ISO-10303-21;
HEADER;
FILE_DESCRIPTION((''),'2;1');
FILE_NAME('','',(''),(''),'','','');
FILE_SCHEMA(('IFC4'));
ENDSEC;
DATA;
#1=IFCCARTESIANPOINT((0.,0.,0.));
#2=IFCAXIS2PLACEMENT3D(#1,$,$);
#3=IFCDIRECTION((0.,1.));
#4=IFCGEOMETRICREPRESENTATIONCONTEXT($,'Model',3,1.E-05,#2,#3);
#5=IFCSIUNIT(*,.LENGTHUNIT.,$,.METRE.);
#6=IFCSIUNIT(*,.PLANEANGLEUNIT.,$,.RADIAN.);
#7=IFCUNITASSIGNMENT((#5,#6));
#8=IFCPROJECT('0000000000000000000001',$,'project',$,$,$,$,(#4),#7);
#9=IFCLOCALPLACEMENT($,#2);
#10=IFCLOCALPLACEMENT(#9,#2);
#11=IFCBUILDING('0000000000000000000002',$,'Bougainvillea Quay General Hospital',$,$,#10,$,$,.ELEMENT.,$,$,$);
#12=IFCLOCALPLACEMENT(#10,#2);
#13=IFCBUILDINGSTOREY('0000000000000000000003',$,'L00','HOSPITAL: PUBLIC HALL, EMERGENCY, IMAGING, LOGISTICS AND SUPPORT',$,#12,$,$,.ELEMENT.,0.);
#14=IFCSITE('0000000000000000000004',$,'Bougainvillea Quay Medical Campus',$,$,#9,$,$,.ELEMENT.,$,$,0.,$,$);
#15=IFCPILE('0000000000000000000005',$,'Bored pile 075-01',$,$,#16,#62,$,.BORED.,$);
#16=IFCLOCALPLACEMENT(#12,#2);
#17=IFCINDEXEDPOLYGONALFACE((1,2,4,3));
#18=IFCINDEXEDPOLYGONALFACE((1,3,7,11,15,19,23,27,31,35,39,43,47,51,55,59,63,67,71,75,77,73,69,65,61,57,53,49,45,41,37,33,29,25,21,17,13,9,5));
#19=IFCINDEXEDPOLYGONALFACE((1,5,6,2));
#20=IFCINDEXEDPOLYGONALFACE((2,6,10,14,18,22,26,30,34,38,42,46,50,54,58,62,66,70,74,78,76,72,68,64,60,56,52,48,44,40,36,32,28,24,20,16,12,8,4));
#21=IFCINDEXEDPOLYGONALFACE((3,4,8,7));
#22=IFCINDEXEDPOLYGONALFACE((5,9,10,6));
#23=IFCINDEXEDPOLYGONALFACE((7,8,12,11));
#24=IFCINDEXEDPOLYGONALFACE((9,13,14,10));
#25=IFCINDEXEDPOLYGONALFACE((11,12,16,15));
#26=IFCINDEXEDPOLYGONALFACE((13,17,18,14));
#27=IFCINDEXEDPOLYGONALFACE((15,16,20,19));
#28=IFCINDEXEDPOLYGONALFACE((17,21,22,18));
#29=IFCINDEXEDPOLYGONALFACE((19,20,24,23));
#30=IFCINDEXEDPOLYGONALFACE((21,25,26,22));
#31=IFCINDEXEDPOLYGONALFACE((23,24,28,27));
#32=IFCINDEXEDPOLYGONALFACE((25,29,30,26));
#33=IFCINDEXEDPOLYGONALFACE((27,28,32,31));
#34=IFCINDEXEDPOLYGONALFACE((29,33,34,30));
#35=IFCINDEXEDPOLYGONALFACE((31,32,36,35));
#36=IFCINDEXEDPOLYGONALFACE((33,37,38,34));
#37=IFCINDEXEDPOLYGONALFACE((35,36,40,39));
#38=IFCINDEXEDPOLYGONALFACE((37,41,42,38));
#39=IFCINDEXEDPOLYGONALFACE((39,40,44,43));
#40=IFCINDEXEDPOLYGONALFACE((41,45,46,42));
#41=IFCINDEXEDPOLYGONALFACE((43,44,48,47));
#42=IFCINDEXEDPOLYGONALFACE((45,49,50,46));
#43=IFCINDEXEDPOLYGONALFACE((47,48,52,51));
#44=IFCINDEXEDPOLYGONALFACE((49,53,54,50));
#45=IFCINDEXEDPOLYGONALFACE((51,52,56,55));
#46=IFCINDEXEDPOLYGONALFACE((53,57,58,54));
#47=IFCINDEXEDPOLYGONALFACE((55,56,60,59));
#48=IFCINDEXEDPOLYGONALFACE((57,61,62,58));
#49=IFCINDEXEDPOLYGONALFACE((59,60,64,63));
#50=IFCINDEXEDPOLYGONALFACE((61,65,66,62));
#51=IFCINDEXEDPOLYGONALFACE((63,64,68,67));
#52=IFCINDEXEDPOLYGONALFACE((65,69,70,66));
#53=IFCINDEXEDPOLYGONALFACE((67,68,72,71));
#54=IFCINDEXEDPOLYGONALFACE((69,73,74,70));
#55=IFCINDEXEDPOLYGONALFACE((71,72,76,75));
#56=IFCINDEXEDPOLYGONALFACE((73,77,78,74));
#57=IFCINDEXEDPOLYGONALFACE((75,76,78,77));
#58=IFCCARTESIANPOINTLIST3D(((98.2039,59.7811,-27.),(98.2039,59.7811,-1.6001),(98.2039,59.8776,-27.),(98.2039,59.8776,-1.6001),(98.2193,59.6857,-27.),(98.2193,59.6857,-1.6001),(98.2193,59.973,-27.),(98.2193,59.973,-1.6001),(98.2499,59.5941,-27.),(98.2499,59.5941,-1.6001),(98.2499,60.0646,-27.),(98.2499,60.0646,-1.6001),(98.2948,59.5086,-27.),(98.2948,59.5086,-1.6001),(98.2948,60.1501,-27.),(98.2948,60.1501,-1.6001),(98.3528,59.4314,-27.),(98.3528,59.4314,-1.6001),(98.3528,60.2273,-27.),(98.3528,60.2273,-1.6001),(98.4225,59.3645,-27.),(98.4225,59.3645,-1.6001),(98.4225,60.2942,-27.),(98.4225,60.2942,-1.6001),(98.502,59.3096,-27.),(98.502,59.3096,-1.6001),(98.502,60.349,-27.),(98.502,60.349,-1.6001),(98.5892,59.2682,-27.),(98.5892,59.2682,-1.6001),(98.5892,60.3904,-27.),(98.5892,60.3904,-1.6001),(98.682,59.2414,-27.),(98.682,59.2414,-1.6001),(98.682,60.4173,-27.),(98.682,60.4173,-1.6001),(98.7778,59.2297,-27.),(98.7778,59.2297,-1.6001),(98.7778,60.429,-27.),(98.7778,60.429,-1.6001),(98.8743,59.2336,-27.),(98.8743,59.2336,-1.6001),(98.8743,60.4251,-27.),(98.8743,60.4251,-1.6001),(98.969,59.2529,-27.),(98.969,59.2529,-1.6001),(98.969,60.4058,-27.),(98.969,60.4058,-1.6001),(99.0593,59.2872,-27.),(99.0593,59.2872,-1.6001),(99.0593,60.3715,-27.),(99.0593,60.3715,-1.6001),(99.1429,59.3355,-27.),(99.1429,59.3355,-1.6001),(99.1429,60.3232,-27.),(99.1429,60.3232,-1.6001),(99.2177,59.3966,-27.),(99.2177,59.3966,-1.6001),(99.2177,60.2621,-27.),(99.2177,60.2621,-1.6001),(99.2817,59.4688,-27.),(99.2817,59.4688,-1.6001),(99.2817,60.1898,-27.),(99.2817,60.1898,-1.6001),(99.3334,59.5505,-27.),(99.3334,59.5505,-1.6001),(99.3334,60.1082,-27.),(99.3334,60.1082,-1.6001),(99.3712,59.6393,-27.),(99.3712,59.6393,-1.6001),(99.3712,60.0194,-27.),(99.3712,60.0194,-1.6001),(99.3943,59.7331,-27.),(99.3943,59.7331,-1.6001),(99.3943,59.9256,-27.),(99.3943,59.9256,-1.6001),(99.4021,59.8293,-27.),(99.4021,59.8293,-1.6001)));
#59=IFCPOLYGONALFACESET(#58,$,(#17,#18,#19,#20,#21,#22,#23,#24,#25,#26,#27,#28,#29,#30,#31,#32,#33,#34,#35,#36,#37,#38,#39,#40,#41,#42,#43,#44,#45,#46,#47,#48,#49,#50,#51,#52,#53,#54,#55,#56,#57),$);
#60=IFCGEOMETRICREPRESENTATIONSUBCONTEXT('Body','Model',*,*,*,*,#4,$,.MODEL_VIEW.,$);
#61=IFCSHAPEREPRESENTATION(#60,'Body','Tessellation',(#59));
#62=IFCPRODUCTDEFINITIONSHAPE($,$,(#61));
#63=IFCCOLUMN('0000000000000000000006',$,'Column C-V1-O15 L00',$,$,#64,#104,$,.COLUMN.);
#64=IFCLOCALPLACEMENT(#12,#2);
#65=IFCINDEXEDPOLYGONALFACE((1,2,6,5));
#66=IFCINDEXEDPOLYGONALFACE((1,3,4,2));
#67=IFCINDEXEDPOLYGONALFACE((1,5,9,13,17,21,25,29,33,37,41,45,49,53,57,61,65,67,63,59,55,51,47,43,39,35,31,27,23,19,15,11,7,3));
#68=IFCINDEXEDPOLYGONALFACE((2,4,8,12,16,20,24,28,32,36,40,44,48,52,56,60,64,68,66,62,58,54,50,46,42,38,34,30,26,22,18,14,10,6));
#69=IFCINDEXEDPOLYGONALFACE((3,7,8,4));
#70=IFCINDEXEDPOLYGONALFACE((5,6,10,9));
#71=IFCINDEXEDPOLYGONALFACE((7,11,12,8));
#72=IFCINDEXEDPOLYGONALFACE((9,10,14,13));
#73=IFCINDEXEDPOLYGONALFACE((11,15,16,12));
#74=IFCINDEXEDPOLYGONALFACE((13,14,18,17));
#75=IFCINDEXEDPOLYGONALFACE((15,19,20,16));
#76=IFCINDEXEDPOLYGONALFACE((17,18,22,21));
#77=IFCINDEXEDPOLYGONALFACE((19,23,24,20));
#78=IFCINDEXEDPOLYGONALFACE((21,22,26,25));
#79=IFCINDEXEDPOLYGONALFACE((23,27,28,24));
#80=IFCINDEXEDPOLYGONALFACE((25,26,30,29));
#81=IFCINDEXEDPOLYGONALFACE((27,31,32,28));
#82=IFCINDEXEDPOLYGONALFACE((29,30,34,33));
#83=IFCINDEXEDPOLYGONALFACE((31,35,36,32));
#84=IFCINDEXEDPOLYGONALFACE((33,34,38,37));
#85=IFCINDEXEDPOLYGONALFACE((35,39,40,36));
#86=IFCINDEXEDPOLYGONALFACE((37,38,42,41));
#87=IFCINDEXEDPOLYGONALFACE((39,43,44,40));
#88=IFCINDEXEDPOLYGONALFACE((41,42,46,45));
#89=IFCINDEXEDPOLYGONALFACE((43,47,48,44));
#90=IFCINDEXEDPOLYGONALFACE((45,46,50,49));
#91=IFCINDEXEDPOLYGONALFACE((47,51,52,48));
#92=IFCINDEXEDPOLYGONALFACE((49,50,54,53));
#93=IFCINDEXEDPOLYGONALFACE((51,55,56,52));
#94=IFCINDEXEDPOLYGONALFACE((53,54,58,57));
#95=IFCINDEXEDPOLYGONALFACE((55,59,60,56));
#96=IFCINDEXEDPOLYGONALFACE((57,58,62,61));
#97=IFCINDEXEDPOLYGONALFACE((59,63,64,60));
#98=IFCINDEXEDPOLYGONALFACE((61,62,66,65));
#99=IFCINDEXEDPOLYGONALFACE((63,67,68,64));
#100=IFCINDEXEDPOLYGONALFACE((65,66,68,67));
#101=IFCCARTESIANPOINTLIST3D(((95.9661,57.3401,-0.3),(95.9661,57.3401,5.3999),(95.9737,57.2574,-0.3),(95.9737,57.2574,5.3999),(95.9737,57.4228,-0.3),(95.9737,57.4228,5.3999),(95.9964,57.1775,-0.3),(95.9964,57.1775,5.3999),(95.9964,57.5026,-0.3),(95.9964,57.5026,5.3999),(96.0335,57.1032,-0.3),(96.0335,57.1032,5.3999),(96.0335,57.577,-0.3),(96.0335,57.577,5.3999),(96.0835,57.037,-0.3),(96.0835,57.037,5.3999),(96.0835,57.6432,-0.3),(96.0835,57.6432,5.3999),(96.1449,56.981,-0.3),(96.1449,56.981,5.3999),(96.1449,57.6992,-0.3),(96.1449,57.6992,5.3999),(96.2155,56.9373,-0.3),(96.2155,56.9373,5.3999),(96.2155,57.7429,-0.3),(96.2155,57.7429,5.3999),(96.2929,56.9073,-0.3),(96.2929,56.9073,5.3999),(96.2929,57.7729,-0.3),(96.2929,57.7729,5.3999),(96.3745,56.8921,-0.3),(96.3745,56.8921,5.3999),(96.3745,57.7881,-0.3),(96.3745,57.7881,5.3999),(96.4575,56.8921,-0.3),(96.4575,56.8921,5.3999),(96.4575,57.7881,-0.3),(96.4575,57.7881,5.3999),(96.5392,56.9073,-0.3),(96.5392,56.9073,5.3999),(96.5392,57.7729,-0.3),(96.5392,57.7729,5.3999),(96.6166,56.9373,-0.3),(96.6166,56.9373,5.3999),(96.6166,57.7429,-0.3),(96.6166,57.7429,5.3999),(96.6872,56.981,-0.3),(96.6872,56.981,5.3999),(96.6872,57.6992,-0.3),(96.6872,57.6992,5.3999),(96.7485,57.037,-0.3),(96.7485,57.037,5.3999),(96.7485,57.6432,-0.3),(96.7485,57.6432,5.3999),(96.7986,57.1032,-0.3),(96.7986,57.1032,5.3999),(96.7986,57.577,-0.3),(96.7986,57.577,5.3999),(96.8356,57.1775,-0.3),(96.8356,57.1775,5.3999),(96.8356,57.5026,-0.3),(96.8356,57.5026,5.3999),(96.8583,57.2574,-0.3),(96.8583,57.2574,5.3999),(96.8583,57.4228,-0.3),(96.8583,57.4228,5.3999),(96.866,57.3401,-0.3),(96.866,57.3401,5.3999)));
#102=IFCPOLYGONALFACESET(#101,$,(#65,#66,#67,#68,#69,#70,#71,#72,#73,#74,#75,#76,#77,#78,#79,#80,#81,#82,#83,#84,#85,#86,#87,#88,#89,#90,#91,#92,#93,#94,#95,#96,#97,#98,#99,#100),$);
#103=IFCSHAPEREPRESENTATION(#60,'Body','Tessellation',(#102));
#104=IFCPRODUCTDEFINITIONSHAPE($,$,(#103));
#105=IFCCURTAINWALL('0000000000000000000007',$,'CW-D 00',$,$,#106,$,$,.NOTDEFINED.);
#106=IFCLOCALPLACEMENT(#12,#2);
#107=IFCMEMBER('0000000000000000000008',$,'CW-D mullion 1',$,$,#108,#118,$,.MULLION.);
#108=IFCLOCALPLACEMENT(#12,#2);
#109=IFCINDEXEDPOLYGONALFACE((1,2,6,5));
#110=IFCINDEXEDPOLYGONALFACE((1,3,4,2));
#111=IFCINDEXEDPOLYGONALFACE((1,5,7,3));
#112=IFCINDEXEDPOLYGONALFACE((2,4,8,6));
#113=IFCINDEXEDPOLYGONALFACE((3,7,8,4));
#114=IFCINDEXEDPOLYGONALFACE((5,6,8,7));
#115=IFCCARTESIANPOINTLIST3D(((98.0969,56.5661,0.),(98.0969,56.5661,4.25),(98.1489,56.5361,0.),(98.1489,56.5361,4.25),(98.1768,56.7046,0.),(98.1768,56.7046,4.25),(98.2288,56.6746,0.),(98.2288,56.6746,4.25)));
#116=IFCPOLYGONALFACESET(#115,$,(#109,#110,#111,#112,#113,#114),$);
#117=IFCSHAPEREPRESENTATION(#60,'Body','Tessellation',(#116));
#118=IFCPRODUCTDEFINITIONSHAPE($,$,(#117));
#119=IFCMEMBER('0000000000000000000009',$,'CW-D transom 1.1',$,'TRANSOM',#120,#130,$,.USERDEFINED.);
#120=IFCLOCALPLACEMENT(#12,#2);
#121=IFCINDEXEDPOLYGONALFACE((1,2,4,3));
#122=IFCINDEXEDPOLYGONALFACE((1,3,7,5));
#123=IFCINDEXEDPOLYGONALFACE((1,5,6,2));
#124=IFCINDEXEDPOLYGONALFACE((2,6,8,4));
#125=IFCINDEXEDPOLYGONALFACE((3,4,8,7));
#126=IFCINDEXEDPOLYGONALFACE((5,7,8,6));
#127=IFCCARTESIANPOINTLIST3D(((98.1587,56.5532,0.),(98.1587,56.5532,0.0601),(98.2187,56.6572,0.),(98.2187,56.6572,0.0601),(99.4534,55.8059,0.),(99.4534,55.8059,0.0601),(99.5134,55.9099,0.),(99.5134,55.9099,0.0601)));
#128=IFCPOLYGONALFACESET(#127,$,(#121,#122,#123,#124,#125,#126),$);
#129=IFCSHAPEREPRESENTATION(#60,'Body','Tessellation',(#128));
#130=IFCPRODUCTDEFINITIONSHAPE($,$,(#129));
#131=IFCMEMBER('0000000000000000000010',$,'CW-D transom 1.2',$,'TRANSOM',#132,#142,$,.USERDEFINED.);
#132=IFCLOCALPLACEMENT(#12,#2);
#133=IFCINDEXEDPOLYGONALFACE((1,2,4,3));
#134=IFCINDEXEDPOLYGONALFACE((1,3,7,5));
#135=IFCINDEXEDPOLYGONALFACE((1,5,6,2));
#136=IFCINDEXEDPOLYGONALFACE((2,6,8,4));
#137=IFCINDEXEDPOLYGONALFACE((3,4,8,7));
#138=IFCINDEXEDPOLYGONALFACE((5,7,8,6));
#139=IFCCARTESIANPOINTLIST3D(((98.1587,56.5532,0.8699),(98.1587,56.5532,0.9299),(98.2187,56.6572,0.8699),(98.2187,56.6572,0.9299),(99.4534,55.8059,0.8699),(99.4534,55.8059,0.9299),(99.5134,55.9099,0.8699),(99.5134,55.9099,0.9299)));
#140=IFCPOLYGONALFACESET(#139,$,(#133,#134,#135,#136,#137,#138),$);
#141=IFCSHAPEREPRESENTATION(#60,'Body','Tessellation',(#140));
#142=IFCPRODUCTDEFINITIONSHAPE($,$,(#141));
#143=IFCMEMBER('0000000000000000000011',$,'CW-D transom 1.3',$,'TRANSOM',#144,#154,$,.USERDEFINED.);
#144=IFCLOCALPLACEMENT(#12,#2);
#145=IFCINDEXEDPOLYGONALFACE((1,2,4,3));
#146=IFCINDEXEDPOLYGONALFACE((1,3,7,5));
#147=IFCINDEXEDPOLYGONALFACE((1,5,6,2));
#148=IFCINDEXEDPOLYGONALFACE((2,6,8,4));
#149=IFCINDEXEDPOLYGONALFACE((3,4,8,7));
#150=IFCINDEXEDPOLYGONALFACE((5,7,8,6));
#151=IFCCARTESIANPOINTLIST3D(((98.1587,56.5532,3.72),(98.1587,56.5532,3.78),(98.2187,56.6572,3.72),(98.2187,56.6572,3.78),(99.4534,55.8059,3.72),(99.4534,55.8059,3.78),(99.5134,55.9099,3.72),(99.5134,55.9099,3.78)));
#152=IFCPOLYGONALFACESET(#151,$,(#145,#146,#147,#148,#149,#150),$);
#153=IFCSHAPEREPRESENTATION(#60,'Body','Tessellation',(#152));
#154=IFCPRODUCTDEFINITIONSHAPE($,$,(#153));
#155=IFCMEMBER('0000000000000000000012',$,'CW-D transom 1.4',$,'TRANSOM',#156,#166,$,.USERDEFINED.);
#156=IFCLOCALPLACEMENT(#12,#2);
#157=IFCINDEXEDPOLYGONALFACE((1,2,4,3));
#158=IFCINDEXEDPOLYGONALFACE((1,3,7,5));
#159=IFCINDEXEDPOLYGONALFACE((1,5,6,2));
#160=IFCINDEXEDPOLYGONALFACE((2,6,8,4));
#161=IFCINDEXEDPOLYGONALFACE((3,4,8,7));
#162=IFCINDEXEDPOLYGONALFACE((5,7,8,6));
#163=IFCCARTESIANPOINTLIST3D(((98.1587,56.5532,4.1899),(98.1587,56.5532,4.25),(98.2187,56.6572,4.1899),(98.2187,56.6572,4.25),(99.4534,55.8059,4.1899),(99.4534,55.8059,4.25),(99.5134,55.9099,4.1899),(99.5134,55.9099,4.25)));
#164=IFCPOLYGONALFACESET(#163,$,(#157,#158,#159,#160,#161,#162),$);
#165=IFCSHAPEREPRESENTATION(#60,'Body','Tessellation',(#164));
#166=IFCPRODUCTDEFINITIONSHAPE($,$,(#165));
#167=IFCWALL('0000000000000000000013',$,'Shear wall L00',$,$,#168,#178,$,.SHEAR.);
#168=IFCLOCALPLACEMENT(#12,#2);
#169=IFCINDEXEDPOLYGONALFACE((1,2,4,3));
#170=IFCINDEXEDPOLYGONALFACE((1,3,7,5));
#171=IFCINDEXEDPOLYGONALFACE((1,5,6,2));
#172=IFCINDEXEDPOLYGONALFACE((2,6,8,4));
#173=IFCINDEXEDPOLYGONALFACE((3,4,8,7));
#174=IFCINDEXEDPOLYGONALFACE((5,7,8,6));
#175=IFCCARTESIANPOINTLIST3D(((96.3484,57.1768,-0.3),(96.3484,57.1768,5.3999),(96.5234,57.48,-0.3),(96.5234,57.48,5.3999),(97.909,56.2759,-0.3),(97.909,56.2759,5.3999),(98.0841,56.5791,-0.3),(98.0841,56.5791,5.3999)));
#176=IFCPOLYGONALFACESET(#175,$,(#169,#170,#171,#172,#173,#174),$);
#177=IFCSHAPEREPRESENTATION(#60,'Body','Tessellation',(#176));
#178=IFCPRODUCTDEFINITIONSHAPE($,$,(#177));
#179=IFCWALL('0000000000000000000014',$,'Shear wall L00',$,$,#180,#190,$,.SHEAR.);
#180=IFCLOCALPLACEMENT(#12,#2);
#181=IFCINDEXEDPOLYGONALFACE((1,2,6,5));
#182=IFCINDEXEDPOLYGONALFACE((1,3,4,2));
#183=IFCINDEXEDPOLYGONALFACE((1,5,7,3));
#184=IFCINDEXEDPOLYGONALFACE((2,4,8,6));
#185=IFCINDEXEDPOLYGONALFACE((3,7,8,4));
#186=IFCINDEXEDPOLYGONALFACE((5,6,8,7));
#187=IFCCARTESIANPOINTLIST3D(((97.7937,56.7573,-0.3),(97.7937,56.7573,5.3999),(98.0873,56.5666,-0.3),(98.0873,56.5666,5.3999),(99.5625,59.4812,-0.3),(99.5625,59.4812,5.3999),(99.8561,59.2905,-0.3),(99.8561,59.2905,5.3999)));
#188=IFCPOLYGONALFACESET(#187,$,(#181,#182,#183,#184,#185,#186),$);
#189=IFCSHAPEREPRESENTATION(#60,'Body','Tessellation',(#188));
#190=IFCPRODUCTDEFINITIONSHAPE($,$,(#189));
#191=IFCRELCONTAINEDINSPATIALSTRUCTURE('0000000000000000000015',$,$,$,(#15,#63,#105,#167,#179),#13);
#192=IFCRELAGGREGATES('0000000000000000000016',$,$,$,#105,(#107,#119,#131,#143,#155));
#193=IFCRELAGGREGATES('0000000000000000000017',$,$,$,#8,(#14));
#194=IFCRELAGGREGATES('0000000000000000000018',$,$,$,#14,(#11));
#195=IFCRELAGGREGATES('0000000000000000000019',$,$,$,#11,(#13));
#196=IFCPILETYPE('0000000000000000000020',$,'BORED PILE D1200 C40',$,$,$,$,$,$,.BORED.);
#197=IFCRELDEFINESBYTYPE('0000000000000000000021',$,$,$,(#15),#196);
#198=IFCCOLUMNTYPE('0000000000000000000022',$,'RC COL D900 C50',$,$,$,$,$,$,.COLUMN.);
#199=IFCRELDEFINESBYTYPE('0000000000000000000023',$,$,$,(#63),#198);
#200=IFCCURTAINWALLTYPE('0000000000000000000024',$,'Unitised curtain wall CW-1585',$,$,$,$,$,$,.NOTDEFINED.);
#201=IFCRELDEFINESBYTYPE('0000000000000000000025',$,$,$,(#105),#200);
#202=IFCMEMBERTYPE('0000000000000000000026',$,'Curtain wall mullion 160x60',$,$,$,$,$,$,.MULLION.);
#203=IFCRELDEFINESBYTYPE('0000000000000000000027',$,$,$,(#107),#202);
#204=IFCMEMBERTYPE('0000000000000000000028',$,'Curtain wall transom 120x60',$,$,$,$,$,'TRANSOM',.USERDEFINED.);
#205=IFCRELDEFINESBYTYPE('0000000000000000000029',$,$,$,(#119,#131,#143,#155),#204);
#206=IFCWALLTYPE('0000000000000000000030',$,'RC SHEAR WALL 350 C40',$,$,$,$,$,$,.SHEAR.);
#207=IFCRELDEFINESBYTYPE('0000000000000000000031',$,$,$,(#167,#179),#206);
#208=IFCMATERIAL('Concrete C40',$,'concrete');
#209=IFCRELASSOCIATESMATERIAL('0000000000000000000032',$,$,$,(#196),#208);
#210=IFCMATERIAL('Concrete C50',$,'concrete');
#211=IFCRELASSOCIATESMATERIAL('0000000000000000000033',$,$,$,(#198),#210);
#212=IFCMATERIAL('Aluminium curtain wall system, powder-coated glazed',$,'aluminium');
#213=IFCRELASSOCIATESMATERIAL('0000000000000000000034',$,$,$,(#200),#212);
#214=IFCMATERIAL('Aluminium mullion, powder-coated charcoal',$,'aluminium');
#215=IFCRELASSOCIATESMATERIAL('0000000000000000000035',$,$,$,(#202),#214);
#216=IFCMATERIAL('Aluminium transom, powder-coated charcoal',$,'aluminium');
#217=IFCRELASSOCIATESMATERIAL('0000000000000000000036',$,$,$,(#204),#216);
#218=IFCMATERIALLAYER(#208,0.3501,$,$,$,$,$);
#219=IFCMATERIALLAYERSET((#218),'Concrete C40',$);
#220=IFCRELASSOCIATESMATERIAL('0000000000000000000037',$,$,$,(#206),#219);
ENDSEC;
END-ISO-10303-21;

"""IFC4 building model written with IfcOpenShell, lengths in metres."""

from ifc_helpers import new_model, si_unit, direction, frame, frame_2d, origin, origin_2d, place, context, subcontext, project, spatial, rectangle, circle, extrude, material, layer, layer_set, material_profile, profile_set, type_object, element, aggregate, save


model = new_model("IFC4")

# Units and contexts
model_context = context("Model", 3, precision=1e-05, world=origin(), true_north=direction((0.0, 1.0)))
body_context = subcontext(model_context, "Body", "Model", "MODEL_VIEW")
ifc_project = project(units=[si_unit("LENGTHUNIT", "METRE"), si_unit("PLANEANGLEUNIT", "RADIAN")], contexts=[model_context])

# Site, building, storey
site_placement = place(None, origin())
site = spatial("IfcSite", under=ifc_project, at=site_placement, Name="Bougainvillea Quay Medical Campus", CompositionType="ELEMENT", RefElevation=0.0)
building_placement = place(site_placement, origin())
building = spatial("IfcBuilding", under=site, at=building_placement, Name="Bougainvillea Quay General Hospital", CompositionType="ELEMENT")
storey_placement = place(building_placement, origin())
storey = spatial("IfcBuildingStorey", under=building, at=storey_placement, Name="L00", Description="HOSPITAL: PUBLIC HALL, EMERGENCY, IMAGING, LOGISTICS AND SUPPORT", CompositionType="ELEMENT", Elevation=0.0)

# Pile
ifc_material_1 = material(Name="Concrete C40", Category="concrete")
ifc_material_profile_1 = material_profile(ifc_material_1, circle(Radius=0.6001, at=origin_2d()))
ifc_profile_set_1 = profile_set([ifc_material_profile_1], Name="Concrete C40")
pile_type = type_object("IfcPileType", Name="BORED PILE D1200 C40", PredefinedType="BORED", material=ifc_profile_set_1)
pile_placement = place(storey_placement, frame((98.802, 59.8293, -1.6001), z_axis=(0.0, 0.0, -1.0), x_axis=(1.0, 0.0, 0.0)))
element("IfcPile", 1, at=pile_placement, inside=storey, type_object=pile_type, Name="Bored pile 075-01", PredefinedType="BORED", context=body_context, shape_type="SweptSolid", body=[
    extrude(circle(Radius=0.6001, at=origin_2d()), origin(), (0.0, 0.0, 1.0), 25.3999),
])

# Column
ifc_material_2 = material(Name="Concrete C50", Category="concrete")
ifc_material_profile_2 = material_profile(ifc_material_2, circle(Radius=0.45, at=origin_2d()))
ifc_profile_set_2 = profile_set([ifc_material_profile_2], Name="Concrete C50")
column_type = type_object("IfcColumnType", Name="RC COL D900 C50", PredefinedType="COLUMN", material=ifc_profile_set_2)
column_placement = place(storey_placement, frame((96.416, 57.3401, -0.3), z_axis=(0.0, 0.0, 1.0), x_axis=(1.0, 0.0, 0.0)))
element("IfcColumn", 2, at=column_placement, inside=storey, type_object=column_type, Name="Column C-V1-O15 L00", PredefinedType="COLUMN", context=body_context, shape_type="SweptSolid", body=[
    extrude(circle(Radius=0.45, at=origin_2d()), origin(), (0.0, 0.0, 1.0), 5.7),
])

# Curtain wall, members
ifc_material_3 = material(Name="Aluminium curtain wall system, powder-coated glazed", Category="aluminium")
curtain_wall_type = type_object("IfcCurtainWallType", Name="Unitised curtain wall CW-1585", PredefinedType="NOTDEFINED", material=ifc_material_3)
curtain_wall_placement = place(storey_placement, origin())
curtain_wall = element("IfcCurtainWall", 3, at=curtain_wall_placement, inside=storey, type_object=curtain_wall_type, Name="CW-D 00", PredefinedType="NOTDEFINED")
ifc_material_4 = material(Name="Aluminium mullion, powder-coated charcoal", Category="aluminium")
ifc_material_profile_3 = material_profile(ifc_material_4, rectangle(XDim=0.1599, YDim=0.0601, at=origin_2d()))
ifc_profile_set_3 = profile_set([ifc_material_profile_3], Name="Aluminium mullion, powder-coated charcoal")
member_type_1 = type_object("IfcMemberType", Name="Curtain wall mullion 160x60", PredefinedType="MULLION", material=ifc_profile_set_3)
member_1_placement = place(storey_placement, frame((98.1628, 56.6204, 0.0), z_axis=(0.0, 0.0, 1.0), x_axis=(0.499965, 0.866046, 0.0)))
member_1 = element("IfcMember", 4, at=member_1_placement, type_object=member_type_1, Name="CW-D mullion 1", PredefinedType="MULLION", context=body_context, shape_type="SweptSolid", body=[
    extrude(rectangle(XDim=0.1599, YDim=0.0601, at=origin_2d()), origin(), (0.0, 0.0, 1.0), 4.25),
])
ifc_material_5 = material(Name="Aluminium transom, powder-coated charcoal", Category="aluminium")
ifc_material_profile_4 = material_profile(ifc_material_5, rectangle(XDim=0.1201, YDim=0.0601, at=origin_2d()))
ifc_profile_set_4 = profile_set([ifc_material_profile_4], Name="Aluminium transom, powder-coated charcoal")
member_type_2 = type_object("IfcMemberType", Name="Curtain wall transom 120x60", ElementType="TRANSOM", PredefinedType="USERDEFINED", material=ifc_profile_set_4)
member_2_placement = place(storey_placement, frame((98.1887, 56.6052, 0.03), z_axis=(0.866074, -0.499916, 0.0), x_axis=(0.499916, 0.866074, 0.0)))
member_2 = element("IfcMember", 5, at=member_2_placement, type_object=member_type_2, Name="CW-D transom 1.1", ObjectType="TRANSOM", PredefinedType="USERDEFINED", context=body_context, shape_type="SweptSolid", body=[
    extrude(rectangle(XDim=0.1201, YDim=0.0601, at=origin_2d()), origin(), (0.0, 0.0, 1.0), 1.4949),
])
member_3_placement = place(storey_placement, frame((98.1887, 56.6052, 0.8999), z_axis=(0.866074, -0.499916, 0.0), x_axis=(0.499916, 0.866074, 0.0)))
member_3 = element("IfcMember", 6, at=member_3_placement, type_object=member_type_2, Name="CW-D transom 1.2", ObjectType="TRANSOM", PredefinedType="USERDEFINED", context=body_context, shape_type="SweptSolid", body=[
    extrude(rectangle(XDim=0.1201, YDim=0.0601, at=origin_2d()), origin(), (0.0, 0.0, 1.0), 1.4949),
])
member_4_placement = place(storey_placement, frame((98.1887, 56.6052, 3.75), z_axis=(0.866074, -0.499916, 0.0), x_axis=(0.499916, 0.866074, 0.0)))
member_4 = element("IfcMember", 7, at=member_4_placement, type_object=member_type_2, Name="CW-D transom 1.3", ObjectType="TRANSOM", PredefinedType="USERDEFINED", context=body_context, shape_type="SweptSolid", body=[
    extrude(rectangle(XDim=0.1201, YDim=0.0601, at=origin_2d()), origin(), (0.0, 0.0, 1.0), 1.4949),
])
member_5_placement = place(storey_placement, frame((98.1887, 56.6052, 4.22), z_axis=(0.866074, -0.499916, 0.0), x_axis=(0.499916, 0.866074, 0.0)))
member_5 = element("IfcMember", 8, at=member_5_placement, type_object=member_type_2, Name="CW-D transom 1.4", ObjectType="TRANSOM", PredefinedType="USERDEFINED", context=body_context, shape_type="SweptSolid", body=[
    extrude(rectangle(XDim=0.1201, YDim=0.0601, at=origin_2d()), origin(), (0.0, 0.0, 1.0), 1.4949),
])
aggregate(curtain_wall, [member_1, member_2, member_3, member_4, member_5])

# Walls
ifc_layer_1 = layer(ifc_material_1, 0.3501)
ifc_layer_set_1 = layer_set([ifc_layer_1], Name="Concrete C40")
wall_type = type_object("IfcWallType", Name="RC SHEAR WALL 350 C40", PredefinedType="SHEAR", material=ifc_layer_set_1)
wall_1_placement = place(storey_placement, frame((96.436, 57.3284, -0.3), z_axis=(0.0, 0.0, 1.0), x_axis=(0.86605, -0.499957, 0.0)))
element("IfcWall", 9, at=wall_1_placement, inside=storey, type_object=wall_type, Name="Shear wall L00", PredefinedType="SHEAR", context=body_context, shape_type="SweptSolid", body=[
    extrude(rectangle(XDim=1.802, YDim=0.3501, at=frame_2d((0.9009, 0.0))), origin(), (0.0, 0.0, 1.0), 5.7),
])
wall_2_placement = place(storey_placement, frame((97.9404, 56.6619, -0.3), z_axis=(0.0, 0.0, 1.0), x_axis=(0.544616, 0.838686, 0.0)))
element("IfcWall", 10, at=wall_2_placement, inside=storey, type_object=wall_type, Name="Shear wall L00", PredefinedType="SHEAR", context=body_context, shape_type="SweptSolid", body=[
    extrude(rectangle(XDim=3.2478, YDim=0.3501, at=frame_2d((1.624, 0.0))), origin(), (0.0, 0.0, 1.0), 5.7),
])

save(model, "model.ifc")
